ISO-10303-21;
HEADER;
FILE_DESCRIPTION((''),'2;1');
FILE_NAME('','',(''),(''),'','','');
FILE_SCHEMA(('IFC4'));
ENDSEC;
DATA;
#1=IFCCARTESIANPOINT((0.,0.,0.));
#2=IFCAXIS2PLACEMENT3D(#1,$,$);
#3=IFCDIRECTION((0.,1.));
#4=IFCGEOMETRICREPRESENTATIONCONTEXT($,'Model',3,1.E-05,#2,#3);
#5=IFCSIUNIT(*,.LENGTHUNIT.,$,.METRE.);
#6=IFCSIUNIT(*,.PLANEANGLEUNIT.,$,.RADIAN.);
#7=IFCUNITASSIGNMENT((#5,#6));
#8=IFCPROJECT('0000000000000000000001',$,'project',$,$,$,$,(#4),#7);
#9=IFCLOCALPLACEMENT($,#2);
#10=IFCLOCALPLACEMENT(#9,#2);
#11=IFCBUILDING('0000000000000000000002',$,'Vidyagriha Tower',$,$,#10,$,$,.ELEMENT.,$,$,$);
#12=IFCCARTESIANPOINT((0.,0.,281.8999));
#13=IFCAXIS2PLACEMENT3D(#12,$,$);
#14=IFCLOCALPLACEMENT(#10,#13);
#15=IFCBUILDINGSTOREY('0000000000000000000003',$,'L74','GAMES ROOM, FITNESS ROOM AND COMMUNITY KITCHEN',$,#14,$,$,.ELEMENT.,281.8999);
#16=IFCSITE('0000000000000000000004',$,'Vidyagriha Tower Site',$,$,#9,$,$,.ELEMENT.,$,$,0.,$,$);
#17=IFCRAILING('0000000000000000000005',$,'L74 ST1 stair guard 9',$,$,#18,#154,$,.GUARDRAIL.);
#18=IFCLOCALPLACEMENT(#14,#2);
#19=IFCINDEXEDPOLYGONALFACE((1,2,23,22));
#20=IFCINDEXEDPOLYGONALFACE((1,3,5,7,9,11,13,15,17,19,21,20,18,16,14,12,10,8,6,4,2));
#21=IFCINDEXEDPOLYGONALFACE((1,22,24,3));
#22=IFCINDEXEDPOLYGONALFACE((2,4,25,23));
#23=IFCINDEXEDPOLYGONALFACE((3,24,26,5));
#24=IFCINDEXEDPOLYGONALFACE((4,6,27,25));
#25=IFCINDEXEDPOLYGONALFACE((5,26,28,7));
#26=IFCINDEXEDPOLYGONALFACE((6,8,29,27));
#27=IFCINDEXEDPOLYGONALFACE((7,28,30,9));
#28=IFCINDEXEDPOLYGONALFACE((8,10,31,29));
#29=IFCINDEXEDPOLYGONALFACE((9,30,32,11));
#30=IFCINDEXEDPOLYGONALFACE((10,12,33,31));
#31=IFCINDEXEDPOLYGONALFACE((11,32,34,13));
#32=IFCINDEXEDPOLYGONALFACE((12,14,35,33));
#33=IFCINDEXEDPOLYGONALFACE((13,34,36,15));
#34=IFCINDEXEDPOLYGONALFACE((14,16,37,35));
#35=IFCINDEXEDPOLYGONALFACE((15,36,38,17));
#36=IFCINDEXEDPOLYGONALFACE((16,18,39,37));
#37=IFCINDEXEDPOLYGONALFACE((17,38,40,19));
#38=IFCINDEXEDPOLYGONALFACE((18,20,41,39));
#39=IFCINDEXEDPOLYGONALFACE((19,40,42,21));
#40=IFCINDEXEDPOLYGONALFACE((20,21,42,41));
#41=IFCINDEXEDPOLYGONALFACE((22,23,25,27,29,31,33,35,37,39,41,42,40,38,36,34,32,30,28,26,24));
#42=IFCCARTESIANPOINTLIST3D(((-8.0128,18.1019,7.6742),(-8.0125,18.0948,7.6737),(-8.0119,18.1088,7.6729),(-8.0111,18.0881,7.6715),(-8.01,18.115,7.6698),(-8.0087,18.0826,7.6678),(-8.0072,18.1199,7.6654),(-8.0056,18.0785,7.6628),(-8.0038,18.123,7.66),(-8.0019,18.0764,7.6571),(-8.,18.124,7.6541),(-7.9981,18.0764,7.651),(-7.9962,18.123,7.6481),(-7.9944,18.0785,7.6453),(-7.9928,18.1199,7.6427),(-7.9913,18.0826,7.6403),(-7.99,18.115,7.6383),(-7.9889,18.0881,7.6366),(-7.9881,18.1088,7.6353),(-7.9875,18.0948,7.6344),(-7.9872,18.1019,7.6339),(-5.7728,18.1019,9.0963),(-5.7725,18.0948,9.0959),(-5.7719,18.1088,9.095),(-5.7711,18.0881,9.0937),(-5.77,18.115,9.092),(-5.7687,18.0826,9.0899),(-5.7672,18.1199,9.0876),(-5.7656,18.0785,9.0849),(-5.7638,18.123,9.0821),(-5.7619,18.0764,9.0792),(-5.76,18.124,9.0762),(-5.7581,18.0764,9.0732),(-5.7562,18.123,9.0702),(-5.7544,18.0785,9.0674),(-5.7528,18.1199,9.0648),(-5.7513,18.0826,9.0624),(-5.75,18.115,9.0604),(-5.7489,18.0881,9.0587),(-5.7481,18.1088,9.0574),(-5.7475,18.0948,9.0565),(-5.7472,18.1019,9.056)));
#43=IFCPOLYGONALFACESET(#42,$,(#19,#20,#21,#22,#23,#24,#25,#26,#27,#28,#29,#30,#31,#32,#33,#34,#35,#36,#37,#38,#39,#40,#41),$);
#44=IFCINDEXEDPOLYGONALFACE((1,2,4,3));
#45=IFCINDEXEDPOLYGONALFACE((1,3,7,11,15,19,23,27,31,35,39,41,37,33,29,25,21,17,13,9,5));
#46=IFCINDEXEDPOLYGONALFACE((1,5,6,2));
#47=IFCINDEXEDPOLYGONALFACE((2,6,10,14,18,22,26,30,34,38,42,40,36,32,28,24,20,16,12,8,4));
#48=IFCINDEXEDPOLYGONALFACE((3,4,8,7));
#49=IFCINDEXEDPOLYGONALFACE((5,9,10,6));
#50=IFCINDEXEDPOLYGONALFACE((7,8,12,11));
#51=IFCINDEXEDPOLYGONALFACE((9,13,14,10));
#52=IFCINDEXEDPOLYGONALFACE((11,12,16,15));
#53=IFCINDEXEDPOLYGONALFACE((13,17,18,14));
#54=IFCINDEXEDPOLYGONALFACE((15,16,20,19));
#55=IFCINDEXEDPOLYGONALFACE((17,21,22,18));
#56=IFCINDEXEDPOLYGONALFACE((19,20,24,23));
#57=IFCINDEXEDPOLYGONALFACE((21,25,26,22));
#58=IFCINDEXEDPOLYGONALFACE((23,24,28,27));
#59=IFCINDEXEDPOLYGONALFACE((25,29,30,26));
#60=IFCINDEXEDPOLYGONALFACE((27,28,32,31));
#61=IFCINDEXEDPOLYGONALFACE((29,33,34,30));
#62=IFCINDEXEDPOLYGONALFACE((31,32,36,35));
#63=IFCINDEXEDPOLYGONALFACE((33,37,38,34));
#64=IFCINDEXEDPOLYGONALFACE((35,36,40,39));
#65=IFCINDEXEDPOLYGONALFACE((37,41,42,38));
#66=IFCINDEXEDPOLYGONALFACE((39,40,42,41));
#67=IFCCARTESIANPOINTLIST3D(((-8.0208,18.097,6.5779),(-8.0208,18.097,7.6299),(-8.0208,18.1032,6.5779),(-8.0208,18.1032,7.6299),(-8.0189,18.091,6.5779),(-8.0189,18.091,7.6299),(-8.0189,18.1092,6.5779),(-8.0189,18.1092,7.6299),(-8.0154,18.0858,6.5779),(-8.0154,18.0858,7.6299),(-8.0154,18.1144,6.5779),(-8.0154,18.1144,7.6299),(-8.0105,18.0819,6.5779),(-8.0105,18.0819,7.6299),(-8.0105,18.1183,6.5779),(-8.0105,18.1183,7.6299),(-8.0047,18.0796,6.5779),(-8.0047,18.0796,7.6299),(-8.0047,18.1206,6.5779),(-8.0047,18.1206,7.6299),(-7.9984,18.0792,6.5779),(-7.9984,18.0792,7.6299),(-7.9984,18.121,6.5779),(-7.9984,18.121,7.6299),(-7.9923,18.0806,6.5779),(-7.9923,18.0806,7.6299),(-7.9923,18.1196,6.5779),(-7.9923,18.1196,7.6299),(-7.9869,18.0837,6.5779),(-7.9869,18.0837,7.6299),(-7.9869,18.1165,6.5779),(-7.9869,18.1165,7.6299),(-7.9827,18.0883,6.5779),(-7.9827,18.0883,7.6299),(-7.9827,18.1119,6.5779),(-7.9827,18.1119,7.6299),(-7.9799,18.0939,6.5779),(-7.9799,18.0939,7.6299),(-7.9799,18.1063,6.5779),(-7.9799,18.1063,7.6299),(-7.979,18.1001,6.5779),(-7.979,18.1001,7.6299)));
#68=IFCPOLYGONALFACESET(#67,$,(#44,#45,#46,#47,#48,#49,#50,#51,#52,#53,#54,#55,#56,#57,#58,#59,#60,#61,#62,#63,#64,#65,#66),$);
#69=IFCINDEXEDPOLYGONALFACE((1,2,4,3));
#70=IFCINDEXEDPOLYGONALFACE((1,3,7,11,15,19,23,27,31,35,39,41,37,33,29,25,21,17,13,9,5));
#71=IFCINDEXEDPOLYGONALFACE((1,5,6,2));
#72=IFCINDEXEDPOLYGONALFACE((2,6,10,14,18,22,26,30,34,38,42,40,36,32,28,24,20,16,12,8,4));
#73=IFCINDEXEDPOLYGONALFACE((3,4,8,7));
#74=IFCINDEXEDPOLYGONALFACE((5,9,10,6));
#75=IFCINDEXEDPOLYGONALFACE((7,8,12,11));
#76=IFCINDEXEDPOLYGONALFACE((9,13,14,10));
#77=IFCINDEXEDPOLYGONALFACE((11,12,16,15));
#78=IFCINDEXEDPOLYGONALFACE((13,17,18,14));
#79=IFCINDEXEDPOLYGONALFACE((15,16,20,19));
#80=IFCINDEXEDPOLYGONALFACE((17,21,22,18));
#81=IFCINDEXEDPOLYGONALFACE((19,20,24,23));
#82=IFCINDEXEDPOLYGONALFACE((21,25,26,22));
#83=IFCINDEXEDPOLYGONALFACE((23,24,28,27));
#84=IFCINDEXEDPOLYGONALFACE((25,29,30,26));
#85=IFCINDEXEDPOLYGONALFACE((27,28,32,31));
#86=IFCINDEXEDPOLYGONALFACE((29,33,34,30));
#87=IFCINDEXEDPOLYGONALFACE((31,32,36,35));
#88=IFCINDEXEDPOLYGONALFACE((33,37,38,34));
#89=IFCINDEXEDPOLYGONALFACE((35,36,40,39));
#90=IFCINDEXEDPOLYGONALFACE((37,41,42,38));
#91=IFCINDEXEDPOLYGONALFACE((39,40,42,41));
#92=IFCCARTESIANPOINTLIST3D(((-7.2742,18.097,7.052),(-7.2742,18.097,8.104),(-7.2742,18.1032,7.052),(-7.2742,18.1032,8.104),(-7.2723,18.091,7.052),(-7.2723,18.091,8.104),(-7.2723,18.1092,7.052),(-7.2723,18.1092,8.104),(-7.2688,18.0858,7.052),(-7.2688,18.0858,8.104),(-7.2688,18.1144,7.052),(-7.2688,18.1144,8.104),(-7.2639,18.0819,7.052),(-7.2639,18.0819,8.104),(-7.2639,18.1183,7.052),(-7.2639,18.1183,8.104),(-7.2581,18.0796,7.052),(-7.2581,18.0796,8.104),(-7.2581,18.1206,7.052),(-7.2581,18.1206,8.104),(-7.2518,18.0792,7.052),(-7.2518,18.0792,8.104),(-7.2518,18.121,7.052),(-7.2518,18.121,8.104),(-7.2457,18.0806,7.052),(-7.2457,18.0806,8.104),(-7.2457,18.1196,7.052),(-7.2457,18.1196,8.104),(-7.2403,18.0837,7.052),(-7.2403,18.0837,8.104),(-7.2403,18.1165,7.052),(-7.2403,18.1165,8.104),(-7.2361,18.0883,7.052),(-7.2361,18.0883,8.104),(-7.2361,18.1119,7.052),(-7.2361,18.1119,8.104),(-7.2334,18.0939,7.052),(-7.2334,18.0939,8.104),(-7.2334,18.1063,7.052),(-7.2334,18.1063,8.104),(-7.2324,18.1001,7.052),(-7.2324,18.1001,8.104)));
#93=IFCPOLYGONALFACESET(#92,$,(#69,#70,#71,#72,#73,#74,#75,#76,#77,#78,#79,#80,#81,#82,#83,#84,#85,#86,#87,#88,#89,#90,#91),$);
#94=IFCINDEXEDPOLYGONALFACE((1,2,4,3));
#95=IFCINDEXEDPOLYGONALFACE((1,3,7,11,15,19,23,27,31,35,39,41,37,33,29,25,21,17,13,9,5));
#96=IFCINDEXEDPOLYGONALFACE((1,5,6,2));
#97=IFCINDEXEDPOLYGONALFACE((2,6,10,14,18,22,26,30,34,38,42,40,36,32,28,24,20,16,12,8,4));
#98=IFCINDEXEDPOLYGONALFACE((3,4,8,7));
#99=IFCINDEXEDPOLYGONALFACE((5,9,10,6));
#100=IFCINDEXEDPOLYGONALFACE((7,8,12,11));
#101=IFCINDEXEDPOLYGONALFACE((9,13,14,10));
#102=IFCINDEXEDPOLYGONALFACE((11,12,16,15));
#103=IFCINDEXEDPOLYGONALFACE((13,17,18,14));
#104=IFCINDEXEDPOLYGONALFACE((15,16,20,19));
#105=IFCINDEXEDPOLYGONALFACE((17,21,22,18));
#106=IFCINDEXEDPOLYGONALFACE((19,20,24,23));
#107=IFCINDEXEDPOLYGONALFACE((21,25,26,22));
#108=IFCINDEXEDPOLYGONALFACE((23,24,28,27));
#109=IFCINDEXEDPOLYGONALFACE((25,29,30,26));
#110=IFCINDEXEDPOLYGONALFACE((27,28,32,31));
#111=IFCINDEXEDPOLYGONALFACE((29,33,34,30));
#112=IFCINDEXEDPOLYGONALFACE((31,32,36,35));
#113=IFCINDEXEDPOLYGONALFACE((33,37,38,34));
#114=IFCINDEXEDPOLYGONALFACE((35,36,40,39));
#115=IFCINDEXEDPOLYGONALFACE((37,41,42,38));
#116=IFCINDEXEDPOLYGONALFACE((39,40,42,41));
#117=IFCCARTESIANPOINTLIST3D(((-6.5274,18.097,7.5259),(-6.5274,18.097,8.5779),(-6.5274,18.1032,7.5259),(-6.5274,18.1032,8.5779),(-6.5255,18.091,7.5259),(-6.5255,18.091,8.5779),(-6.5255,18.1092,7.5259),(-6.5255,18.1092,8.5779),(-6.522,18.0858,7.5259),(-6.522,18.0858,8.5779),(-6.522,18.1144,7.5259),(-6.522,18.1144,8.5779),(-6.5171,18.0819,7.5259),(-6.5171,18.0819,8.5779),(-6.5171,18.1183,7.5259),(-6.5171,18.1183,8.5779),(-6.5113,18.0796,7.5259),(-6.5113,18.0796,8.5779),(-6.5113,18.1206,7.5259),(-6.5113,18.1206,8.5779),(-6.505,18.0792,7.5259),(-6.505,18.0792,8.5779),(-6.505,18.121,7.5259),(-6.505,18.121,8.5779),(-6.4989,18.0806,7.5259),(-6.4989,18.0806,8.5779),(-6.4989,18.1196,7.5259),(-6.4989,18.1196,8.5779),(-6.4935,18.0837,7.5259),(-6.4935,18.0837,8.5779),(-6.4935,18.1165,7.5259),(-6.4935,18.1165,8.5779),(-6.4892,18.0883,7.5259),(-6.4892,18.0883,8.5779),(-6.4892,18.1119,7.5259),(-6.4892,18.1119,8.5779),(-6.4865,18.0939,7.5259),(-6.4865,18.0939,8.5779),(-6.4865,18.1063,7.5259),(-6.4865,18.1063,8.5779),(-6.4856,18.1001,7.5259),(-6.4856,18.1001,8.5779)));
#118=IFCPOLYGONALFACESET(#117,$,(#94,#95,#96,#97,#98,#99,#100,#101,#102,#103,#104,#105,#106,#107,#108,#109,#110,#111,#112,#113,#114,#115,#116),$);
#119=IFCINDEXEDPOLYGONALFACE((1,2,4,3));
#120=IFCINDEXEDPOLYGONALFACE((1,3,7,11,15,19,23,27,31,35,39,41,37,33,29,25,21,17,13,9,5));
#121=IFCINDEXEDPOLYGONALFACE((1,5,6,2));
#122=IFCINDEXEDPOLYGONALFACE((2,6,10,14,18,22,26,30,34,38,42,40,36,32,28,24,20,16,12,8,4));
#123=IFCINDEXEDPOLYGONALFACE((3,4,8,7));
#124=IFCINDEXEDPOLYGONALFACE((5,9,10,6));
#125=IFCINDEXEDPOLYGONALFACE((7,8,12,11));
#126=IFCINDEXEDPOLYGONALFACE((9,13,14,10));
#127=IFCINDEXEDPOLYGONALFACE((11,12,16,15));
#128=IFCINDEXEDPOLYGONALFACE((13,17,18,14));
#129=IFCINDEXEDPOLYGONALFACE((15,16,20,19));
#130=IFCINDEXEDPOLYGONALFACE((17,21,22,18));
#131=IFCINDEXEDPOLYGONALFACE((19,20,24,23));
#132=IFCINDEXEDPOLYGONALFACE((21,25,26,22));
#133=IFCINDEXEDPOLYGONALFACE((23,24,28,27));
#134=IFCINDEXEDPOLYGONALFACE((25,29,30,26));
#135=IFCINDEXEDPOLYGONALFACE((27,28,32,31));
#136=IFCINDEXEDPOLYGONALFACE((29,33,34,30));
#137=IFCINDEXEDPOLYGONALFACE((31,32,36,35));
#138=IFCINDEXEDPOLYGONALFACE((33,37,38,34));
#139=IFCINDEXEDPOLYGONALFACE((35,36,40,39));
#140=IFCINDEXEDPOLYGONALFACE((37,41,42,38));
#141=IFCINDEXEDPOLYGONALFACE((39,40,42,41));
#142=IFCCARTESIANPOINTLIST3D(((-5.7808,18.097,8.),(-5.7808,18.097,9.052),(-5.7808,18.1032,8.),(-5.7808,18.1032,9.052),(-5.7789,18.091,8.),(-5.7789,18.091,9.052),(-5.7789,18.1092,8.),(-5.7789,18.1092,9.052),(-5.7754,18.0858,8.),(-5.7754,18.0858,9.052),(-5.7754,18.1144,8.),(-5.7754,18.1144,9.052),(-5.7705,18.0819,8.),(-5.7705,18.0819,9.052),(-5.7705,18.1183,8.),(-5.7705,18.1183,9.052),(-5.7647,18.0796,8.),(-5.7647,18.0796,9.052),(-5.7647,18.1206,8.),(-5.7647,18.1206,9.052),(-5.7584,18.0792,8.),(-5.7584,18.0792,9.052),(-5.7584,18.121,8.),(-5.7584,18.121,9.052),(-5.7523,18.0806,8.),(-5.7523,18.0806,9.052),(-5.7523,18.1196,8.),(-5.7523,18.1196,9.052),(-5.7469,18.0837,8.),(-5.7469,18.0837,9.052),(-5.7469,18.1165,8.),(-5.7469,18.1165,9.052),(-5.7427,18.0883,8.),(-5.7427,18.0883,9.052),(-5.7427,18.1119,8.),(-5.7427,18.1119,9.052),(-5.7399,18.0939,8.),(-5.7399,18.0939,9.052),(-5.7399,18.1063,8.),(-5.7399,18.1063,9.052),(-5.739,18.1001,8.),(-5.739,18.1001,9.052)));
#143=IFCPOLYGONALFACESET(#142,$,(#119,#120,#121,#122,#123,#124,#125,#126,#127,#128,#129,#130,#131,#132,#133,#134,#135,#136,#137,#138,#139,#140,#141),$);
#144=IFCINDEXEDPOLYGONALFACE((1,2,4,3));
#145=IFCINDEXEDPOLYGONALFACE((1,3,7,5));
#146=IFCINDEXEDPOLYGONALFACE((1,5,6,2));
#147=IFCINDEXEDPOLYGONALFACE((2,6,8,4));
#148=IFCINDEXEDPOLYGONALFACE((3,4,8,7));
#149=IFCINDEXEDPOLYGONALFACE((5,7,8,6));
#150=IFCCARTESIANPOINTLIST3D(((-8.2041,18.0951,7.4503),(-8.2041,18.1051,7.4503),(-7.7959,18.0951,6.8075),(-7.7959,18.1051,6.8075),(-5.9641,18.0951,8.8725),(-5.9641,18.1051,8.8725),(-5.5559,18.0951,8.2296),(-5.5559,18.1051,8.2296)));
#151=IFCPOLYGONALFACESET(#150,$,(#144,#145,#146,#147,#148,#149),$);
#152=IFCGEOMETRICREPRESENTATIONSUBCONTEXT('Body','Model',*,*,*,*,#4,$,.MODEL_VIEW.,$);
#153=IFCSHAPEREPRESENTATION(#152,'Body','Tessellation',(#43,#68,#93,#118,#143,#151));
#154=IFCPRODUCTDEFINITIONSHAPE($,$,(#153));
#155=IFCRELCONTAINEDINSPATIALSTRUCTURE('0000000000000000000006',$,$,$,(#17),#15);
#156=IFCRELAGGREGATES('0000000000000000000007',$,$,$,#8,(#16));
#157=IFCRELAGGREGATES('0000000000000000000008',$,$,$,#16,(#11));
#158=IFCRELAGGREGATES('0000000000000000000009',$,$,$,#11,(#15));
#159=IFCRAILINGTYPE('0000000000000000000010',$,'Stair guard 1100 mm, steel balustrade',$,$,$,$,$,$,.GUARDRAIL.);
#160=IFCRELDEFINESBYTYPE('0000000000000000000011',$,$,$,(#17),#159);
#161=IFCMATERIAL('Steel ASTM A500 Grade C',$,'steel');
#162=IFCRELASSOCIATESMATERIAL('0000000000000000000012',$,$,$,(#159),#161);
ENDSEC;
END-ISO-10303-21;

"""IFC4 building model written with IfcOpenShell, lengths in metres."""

from ifc_helpers import new_model, si_unit, direction, frame, origin, origin_2d, place, context, subcontext, project, spatial, rectangle, circle, extrude, material, type_object, element, save


model = new_model("IFC4")

# Units and contexts
model_context = context("Model", 3, precision=1e-05, world=origin(), true_north=direction((0.0, 1.0)))
body_context = subcontext(model_context, "Body", "Model", "MODEL_VIEW")
ifc_project = project(units=[si_unit("LENGTHUNIT", "METRE"), si_unit("PLANEANGLEUNIT", "RADIAN")], contexts=[model_context])

# Site, building, storey
site_placement = place(None, origin())
site = spatial("IfcSite", under=ifc_project, at=site_placement, Name="Vidyagriha Tower Site", CompositionType="ELEMENT", RefElevation=0.0)
building_placement = place(site_placement, origin())
building = spatial("IfcBuilding", under=site, at=building_placement, Name="Vidyagriha Tower", CompositionType="ELEMENT")
storey_placement = place(building_placement, frame((0.0, 0.0, 281.8999)))
storey = spatial("IfcBuildingStorey", under=building, at=storey_placement, Name="L74", Description="GAMES ROOM, FITNESS ROOM AND COMMUNITY KITCHEN", CompositionType="ELEMENT", Elevation=281.8999)

# Railing
ifc_material_1 = material(Name="Steel ASTM A500 Grade C", Category="steel")
railing_type_1 = type_object("IfcRailingType", Name="Stair guard 1100 mm, steel balustrade", PredefinedType="GUARDRAIL", material=ifc_material_1)
railing_1_placement = place(storey_placement, frame((-8.0, 18.1001, 6.5779)))
element("IfcRailing", 1, at=railing_1_placement, inside=storey, type_object=railing_type_1, Name="L74 ST1 stair guard 9", PredefinedType="GUARDRAIL", context=body_context, shape_type="SweptSolid", body=[
    extrude(circle(Radius=0.0239, at=origin_2d()), frame((0.0, 0.0, 1.0762), z_axis=(0.844229, 0.0, 0.535982), x_axis=(0.0, 1.0, 0.0)), (0.0, 0.0, 1.0), 2.6533),
    extrude(circle(Radius=0.021, at=origin_2d()), origin(), (0.0, 0.0, 1.0), 1.052),
    extrude(circle(Radius=0.021, at=origin_2d()), frame((0.7466, 0.0, 0.4741)), (0.0, 0.0, 1.0), 1.052),
    extrude(circle(Radius=0.021, at=origin_2d()), frame((1.4934, 0.0, 0.948)), (0.0, 0.0, 1.0), 1.052),
    extrude(circle(Radius=0.021, at=origin_2d()), frame((2.24, 0.0, 1.4221)), (0.0, 0.0, 1.0), 1.052),
    extrude(rectangle(XDim=0.01, YDim=0.7615, at=origin_2d()), frame((0.0, 0.0, 0.551), z_axis=(0.844229, 0.0, 0.535982), x_axis=(0.0, 1.0, 0.0)), (0.0, 0.0, 1.0), 2.6533),
])

save(model, "model.ifc")
